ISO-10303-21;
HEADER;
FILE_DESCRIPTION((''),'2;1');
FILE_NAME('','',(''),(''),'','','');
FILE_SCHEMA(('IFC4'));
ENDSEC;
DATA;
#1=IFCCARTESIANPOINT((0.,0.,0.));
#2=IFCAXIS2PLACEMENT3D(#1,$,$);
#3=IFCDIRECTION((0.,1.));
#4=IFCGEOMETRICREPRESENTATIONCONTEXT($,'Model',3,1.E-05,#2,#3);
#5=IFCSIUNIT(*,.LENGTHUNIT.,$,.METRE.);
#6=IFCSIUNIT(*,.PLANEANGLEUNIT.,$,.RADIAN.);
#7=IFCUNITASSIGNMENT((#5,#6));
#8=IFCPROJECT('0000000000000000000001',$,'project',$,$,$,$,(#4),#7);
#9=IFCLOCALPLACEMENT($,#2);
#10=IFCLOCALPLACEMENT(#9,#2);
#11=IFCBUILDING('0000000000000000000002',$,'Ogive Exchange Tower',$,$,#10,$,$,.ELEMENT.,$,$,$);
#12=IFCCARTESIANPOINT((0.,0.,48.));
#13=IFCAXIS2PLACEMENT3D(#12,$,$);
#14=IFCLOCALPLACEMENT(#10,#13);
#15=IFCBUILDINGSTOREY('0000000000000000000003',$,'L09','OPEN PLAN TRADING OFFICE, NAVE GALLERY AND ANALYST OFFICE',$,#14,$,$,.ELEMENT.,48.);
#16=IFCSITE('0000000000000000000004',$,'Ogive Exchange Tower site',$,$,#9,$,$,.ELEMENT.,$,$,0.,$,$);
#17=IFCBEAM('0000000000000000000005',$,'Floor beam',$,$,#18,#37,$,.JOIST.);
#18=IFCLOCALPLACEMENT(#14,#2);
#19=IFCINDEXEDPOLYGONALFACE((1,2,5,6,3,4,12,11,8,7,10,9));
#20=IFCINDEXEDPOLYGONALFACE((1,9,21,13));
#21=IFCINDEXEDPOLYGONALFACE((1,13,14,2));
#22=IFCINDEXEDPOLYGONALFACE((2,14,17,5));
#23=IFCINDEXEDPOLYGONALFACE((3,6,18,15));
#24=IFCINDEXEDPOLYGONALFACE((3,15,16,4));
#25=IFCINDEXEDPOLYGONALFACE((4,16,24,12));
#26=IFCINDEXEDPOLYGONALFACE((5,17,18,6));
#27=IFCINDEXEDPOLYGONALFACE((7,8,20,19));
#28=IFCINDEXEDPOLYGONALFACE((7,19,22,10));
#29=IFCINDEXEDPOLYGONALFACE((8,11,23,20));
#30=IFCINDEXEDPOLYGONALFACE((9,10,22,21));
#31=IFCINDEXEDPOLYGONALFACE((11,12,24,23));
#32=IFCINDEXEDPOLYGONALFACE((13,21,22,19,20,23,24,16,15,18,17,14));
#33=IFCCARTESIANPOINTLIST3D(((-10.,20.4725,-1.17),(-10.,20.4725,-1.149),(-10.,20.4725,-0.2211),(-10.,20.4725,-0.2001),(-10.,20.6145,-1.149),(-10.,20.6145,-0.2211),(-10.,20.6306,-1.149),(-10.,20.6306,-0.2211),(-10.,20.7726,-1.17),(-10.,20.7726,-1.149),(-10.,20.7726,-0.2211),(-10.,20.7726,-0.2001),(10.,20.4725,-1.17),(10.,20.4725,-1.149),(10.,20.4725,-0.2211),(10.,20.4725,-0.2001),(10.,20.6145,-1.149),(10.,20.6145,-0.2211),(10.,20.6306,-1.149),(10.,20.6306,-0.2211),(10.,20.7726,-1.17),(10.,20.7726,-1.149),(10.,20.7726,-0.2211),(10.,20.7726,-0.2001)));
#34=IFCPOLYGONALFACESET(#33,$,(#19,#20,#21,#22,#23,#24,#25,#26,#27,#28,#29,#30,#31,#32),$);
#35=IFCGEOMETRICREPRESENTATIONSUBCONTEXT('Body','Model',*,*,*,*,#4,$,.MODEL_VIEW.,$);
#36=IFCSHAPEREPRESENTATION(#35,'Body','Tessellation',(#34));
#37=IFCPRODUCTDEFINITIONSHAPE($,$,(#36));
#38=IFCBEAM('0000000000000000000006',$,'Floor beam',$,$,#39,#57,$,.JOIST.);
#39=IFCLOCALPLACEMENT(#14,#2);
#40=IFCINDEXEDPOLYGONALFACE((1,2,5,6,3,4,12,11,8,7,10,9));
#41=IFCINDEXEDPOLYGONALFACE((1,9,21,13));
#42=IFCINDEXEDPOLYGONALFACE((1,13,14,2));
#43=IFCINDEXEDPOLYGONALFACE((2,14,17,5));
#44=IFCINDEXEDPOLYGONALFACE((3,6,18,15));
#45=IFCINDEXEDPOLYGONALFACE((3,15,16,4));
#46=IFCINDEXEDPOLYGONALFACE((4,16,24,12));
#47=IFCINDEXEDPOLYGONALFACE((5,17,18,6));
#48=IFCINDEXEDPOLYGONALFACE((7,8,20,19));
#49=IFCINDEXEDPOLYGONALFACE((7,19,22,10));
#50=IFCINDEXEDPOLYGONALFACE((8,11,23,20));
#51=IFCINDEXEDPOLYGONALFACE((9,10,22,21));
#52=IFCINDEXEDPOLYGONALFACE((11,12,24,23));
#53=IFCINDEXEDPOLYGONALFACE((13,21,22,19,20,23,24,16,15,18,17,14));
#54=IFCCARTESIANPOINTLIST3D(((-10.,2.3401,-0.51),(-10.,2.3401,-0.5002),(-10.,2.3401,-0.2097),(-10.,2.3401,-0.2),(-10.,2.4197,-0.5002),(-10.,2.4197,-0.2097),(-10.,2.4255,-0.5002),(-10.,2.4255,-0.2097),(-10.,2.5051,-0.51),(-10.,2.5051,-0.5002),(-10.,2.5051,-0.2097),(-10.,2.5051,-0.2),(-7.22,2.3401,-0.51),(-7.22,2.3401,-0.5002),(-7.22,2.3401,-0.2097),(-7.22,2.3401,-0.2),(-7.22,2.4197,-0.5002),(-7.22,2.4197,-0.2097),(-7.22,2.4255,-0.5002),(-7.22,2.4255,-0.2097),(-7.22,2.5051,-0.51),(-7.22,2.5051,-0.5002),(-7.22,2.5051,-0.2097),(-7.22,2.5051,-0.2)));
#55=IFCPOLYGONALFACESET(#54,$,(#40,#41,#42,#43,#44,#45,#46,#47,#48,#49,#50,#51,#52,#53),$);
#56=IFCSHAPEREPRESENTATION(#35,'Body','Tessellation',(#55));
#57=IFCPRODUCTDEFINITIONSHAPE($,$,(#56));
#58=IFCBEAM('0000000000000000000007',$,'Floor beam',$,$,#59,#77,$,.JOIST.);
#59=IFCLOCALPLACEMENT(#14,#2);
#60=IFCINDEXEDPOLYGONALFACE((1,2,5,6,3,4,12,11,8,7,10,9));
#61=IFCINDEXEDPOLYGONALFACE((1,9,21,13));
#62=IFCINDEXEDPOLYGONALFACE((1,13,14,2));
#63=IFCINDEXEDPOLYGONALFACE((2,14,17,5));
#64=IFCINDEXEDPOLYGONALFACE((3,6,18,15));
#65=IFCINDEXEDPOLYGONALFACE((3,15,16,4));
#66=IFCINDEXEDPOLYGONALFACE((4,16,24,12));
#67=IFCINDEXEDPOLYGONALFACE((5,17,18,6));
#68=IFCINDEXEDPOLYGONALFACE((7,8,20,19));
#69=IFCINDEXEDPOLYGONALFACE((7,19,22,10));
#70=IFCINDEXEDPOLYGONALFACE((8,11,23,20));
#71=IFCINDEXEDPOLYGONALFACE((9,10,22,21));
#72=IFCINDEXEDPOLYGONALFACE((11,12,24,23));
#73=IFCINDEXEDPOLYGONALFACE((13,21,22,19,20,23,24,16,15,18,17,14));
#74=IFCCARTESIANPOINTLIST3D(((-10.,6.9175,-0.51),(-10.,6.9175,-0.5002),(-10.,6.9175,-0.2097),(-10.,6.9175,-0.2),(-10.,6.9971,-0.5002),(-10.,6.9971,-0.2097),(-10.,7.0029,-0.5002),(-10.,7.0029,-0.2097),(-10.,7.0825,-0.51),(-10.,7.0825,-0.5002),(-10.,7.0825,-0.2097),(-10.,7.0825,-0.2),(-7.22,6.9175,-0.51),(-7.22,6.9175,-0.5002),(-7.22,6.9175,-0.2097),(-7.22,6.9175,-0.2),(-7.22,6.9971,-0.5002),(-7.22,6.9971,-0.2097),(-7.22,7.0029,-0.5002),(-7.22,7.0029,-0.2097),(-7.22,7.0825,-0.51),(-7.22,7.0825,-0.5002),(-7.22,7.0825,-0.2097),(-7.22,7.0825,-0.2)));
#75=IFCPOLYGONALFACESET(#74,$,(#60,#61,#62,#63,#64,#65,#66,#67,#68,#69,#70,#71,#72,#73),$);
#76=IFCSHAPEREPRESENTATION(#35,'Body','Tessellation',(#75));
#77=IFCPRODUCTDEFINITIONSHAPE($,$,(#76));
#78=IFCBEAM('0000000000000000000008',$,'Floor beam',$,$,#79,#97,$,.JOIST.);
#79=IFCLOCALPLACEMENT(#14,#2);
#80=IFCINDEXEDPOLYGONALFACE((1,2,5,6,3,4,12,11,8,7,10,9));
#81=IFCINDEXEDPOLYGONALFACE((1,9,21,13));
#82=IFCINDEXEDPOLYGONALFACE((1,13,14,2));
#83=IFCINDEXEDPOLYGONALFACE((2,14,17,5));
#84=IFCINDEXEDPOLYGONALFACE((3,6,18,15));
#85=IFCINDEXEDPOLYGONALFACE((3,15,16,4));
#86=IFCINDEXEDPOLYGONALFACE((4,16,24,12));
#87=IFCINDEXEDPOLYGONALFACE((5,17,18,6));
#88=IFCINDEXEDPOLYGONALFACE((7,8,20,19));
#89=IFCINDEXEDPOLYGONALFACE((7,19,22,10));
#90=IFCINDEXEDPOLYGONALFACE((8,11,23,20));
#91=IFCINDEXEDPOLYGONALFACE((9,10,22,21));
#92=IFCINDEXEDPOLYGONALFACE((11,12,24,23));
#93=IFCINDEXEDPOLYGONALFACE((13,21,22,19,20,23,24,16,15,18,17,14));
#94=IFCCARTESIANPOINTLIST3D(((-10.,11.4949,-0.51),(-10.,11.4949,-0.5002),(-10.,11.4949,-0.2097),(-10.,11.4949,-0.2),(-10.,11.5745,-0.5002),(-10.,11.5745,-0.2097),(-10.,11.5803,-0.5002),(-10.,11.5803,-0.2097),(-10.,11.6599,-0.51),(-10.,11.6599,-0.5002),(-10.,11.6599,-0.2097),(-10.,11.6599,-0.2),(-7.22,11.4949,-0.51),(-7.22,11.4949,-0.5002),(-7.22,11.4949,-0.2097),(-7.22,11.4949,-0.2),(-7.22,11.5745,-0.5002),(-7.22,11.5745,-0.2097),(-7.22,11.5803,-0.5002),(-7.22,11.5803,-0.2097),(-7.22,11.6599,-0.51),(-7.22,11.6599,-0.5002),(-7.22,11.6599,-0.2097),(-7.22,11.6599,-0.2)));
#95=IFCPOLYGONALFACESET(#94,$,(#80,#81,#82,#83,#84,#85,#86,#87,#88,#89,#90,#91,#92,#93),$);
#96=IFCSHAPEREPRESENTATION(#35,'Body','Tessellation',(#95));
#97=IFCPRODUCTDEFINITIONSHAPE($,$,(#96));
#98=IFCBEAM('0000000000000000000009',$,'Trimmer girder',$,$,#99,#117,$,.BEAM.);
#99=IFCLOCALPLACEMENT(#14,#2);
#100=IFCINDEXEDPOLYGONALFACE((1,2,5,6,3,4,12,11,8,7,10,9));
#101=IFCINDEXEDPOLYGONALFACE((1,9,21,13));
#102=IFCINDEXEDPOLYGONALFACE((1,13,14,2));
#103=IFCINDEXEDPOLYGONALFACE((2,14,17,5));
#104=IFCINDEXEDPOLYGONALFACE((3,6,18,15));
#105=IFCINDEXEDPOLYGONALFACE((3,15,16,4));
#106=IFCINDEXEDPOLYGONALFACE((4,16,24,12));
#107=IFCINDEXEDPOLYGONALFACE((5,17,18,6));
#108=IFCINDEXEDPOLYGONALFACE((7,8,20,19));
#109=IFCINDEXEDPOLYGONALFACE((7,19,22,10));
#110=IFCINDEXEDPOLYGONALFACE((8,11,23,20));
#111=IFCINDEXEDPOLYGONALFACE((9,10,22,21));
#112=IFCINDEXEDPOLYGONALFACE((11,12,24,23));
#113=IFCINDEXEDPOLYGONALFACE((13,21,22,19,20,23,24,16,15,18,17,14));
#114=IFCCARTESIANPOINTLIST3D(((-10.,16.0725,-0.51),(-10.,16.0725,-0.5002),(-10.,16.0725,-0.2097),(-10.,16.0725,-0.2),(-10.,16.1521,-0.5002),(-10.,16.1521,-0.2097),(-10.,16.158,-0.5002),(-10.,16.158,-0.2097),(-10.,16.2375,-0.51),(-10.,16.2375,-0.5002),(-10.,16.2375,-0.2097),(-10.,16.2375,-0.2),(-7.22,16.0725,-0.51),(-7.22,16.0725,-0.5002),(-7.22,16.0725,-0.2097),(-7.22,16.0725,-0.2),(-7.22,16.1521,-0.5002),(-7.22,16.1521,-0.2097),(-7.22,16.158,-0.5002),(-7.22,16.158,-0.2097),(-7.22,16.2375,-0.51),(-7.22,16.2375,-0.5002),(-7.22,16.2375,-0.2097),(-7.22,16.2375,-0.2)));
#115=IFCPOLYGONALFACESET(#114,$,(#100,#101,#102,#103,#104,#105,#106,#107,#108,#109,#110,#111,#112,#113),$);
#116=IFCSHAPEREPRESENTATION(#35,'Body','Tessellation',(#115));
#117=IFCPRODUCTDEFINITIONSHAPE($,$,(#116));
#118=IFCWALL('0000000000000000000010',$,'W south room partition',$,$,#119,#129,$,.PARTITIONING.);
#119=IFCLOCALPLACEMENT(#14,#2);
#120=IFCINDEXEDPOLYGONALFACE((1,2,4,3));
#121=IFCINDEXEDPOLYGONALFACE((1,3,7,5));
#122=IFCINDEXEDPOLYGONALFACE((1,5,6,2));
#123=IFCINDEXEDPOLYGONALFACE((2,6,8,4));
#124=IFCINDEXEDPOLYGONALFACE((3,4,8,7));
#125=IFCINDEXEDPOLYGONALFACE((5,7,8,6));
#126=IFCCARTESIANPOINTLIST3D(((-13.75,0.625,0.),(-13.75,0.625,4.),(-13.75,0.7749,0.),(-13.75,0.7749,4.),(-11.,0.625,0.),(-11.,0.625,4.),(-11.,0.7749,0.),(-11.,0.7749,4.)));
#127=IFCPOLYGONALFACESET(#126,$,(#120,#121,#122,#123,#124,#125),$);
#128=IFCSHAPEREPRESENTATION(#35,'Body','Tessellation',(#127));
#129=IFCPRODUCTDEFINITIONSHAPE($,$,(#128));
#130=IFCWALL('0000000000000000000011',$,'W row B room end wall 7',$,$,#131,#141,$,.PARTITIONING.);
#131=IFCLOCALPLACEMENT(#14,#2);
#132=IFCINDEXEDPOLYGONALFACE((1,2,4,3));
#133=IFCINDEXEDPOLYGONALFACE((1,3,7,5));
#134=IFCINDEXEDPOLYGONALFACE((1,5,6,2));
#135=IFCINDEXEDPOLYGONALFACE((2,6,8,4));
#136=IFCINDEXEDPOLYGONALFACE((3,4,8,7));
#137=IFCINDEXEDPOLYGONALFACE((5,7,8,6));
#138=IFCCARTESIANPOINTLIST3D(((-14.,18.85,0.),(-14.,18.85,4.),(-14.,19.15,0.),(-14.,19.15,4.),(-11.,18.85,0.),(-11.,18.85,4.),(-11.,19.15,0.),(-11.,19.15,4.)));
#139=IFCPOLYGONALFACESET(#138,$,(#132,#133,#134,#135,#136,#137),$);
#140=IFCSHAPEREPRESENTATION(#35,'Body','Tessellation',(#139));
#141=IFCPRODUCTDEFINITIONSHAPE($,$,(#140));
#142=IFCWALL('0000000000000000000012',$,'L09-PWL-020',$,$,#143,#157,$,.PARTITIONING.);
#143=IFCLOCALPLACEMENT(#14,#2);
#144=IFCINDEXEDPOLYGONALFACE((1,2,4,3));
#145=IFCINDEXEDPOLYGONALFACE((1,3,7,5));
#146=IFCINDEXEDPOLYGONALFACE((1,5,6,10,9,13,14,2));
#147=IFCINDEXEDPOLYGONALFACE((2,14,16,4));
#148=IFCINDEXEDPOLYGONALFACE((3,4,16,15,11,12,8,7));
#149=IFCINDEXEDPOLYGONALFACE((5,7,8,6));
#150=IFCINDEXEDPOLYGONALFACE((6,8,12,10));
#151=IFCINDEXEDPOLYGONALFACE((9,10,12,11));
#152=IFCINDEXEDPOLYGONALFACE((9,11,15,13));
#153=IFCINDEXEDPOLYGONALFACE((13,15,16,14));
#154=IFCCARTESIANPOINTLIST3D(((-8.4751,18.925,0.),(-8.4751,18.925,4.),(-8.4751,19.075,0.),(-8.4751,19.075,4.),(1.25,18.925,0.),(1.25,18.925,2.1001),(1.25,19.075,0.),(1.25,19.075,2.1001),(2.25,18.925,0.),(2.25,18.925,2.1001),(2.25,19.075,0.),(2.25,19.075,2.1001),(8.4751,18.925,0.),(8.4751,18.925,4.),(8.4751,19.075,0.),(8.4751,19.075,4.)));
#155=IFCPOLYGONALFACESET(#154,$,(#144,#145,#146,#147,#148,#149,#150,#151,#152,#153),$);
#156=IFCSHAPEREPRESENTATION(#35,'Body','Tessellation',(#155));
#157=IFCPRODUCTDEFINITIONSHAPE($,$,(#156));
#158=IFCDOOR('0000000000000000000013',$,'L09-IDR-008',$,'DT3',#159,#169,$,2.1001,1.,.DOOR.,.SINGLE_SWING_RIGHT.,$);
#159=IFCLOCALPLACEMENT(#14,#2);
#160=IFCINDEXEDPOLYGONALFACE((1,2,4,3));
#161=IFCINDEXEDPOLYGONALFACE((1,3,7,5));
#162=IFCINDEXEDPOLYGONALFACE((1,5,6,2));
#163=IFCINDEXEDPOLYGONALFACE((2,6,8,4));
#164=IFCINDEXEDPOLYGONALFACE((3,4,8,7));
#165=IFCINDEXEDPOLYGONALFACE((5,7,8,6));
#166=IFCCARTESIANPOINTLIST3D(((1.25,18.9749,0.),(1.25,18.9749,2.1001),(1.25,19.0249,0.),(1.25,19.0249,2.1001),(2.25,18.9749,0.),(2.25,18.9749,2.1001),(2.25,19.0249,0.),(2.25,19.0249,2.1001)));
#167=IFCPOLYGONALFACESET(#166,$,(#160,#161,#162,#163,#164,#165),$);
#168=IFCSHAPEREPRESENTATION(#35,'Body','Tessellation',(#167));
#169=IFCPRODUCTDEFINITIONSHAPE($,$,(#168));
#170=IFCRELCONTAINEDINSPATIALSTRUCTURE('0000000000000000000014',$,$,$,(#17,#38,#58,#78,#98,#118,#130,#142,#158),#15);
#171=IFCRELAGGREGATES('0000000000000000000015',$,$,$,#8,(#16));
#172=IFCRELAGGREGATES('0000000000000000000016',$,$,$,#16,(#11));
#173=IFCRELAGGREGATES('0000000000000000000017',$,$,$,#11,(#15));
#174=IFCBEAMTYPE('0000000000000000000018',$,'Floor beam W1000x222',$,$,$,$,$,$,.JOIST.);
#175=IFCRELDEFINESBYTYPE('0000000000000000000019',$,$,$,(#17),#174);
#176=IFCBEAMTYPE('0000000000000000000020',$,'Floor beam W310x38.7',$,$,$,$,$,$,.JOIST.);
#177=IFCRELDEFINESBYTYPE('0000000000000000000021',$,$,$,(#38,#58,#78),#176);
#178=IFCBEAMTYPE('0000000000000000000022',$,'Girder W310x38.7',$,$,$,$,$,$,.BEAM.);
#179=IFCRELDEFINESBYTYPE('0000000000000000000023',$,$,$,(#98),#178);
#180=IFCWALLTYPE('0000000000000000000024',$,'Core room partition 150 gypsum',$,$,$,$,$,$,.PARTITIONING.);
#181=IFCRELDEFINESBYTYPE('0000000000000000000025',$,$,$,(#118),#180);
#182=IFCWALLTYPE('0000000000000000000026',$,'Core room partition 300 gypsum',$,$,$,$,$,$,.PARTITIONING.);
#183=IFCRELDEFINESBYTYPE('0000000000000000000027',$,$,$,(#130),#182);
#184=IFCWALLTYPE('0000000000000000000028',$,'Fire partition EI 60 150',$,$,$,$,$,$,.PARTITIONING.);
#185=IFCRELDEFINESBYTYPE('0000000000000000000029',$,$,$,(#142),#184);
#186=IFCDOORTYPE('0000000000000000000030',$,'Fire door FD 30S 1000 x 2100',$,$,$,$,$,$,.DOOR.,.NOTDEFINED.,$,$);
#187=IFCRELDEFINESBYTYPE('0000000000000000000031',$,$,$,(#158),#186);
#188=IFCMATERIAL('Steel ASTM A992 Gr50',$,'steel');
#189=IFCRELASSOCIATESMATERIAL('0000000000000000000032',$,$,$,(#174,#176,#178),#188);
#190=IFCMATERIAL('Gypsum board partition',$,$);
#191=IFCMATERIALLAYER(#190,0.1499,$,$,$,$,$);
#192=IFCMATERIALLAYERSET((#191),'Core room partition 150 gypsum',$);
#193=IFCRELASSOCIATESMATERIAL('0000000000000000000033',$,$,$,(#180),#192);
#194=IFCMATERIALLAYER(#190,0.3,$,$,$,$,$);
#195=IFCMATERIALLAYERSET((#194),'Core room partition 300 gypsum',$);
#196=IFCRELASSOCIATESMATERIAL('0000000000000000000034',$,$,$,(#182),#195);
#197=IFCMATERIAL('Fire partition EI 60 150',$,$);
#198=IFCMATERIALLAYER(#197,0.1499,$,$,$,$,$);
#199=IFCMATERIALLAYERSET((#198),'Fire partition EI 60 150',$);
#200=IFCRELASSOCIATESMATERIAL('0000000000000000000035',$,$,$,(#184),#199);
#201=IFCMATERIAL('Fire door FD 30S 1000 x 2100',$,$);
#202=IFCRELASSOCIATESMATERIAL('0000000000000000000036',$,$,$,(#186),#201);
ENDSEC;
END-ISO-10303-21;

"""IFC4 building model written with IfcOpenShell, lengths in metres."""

from ifc_helpers import new_model, si_unit, direction, frame, frame_2d, origin, origin_2d, place, context, subcontext, project, spatial, rectangle, i_section, extrude, material, layer, layer_set, material_profile, profile_set, type_object, element, fill, save


model = new_model("IFC4")

# Units and contexts
model_context = context("Model", 3, precision=1e-05, world=origin(), true_north=direction((0.0, 1.0)))
body_context = subcontext(model_context, "Body", "Model", "MODEL_VIEW")
ifc_project = project(units=[si_unit("LENGTHUNIT", "METRE"), si_unit("PLANEANGLEUNIT", "RADIAN")], contexts=[model_context])

# Site, building, storey
site_placement = place(None, origin())
site = spatial("IfcSite", under=ifc_project, at=site_placement, Name="Ogive Exchange Tower site", CompositionType="ELEMENT", RefElevation=0.0)
building_placement = place(site_placement, origin())
building = spatial("IfcBuilding", under=site, at=building_placement, Name="Ogive Exchange Tower", CompositionType="ELEMENT")
storey_placement = place(building_placement, frame((0.0, 0.0, 48.0)))
storey = spatial("IfcBuildingStorey", under=building, at=storey_placement, Name="L09", Description="OPEN PLAN TRADING OFFICE, NAVE GALLERY AND ANALYST OFFICE", CompositionType="ELEMENT", Elevation=48.0)

# Beams
ifc_material_1 = material(Name="Steel ASTM A992 Gr50", Category="steel")
ifc_material_profile_1 = material_profile(ifc_material_1, i_section(OverallWidth=0.3, OverallDepth=0.97, WebThickness=0.0161, FlangeThickness=0.021, at=origin_2d()), Name="W1000x222")
ifc_profile_set_1 = profile_set([ifc_material_profile_1], Name="Steel ASTM A992 Gr50")
beam_type_1 = type_object("IfcBeamType", Name="Floor beam W1000x222", PredefinedType="JOIST", material=ifc_profile_set_1)
beam_1_placement = place(storey_placement, frame((-10.0, 20.6226, -0.6851), z_axis=(1.0, 0.0, 0.0), x_axis=(0.0, 1.0, 0.0)))
element("IfcBeam", 1, at=beam_1_placement, inside=storey, type_object=beam_type_1, Name="Floor beam", PredefinedType="JOIST", context=body_context, shape_type="SweptSolid", body=[
    extrude(i_section(OverallWidth=0.3, OverallDepth=0.97, WebThickness=0.0161, FlangeThickness=0.021, at=origin_2d()), origin(), (0.0, 0.0, 1.0), 20.0),
])
ifc_material_profile_2 = material_profile(ifc_material_1, i_section(OverallWidth=0.165, OverallDepth=0.3101, WebThickness=0.0059, FlangeThickness=0.0098, at=origin_2d()), Name="W310x38.7")
ifc_profile_set_2 = profile_set([ifc_material_profile_2], Name="Steel ASTM A992 Gr50")
beam_type_2 = type_object("IfcBeamType", Name="Floor beam W310x38.7", PredefinedType="JOIST", material=ifc_profile_set_2)
for number, where, z_axis, x_axis, name in (
    (2, (-10.0, 2.4226, -0.355), (1.0, 0.0, 0.0), (0.0, 1.0, 0.0), "Floor beam"),
    (3, (-10.0, 7.0, -0.355), (1.0, 0.0, 0.0), (0.0, 1.0, 0.0), "Floor beam"),
    (4, (-10.0, 11.5774, -0.355), (1.0, 0.0, 0.0), (0.0, 1.0, 0.0), "Floor beam"),
):
    element("IfcBeam", number, at=place(storey_placement, frame(where, z_axis=z_axis, x_axis=x_axis)), inside=storey, type_object=beam_type_2, Name=name, PredefinedType="JOIST", context=body_context, shape_type="SweptSolid", body=[
        extrude(i_section(OverallWidth=0.165, OverallDepth=0.3101, WebThickness=0.0059, FlangeThickness=0.0098, at=origin_2d()), origin(), (0.0, 0.0, 1.0), 2.78),
    ])
ifc_material_profile_3 = material_profile(ifc_material_1, i_section(OverallWidth=0.165, OverallDepth=0.3101, WebThickness=0.0059, FlangeThickness=0.0098, at=origin_2d()), Name="W310x38.7")
ifc_profile_set_3 = profile_set([ifc_material_profile_3], Name="Steel ASTM A992 Gr50")
beam_type_3 = type_object("IfcBeamType", Name="Girder W310x38.7", PredefinedType="BEAM", material=ifc_profile_set_3)
beam_2_placement = place(storey_placement, frame((-10.0, 16.155, -0.355), z_axis=(1.0, 0.0, 0.0), x_axis=(0.0, 1.0, 0.0)))
element("IfcBeam", 5, at=beam_2_placement, inside=storey, type_object=beam_type_3, Name="Trimmer girder", PredefinedType="BEAM", context=body_context, shape_type="SweptSolid", body=[
    extrude(i_section(OverallWidth=0.165, OverallDepth=0.3101, WebThickness=0.0059, FlangeThickness=0.0098, at=origin_2d()), origin(), (0.0, 0.0, 1.0), 2.78),
])

# Walls
ifc_material_2 = material(Name="Gypsum board partition")
ifc_layer_1 = layer(ifc_material_2, 0.1499)
ifc_layer_set_1 = layer_set([ifc_layer_1], Name="Core room partition 150 gypsum")
wall_type_1 = type_object("IfcWallType", Name="Core room partition 150 gypsum", PredefinedType="PARTITIONING", material=ifc_layer_set_1)
wall_1_placement = place(storey_placement, frame((-13.75, 0.7, 0.0), z_axis=(0.0, 0.0, 1.0), x_axis=(1.0, 0.0, 0.0)))
element("IfcWall", 6, at=wall_1_placement, inside=storey, type_object=wall_type_1, Name="W south room partition", PredefinedType="PARTITIONING", context=body_context, shape_type="SweptSolid", body=[
    extrude(rectangle(XDim=2.75, YDim=0.1499, at=frame_2d((1.375, 0.0))), origin(), (0.0, 0.0, 1.0), 4.0),
])
ifc_layer_2 = layer(ifc_material_2, 0.3)
ifc_layer_set_2 = layer_set([ifc_layer_2], Name="Core room partition 300 gypsum")
wall_type_2 = type_object("IfcWallType", Name="Core room partition 300 gypsum", PredefinedType="PARTITIONING", material=ifc_layer_set_2)
wall_2_placement = place(storey_placement, frame((-14.0, 19.0, 0.0), z_axis=(0.0, 0.0, 1.0), x_axis=(1.0, 0.0, 0.0)))
element("IfcWall", 7, at=wall_2_placement, inside=storey, type_object=wall_type_2, Name="W row B room end wall 7", PredefinedType="PARTITIONING", context=body_context, shape_type="SweptSolid", body=[
    extrude(rectangle(XDim=3.0, YDim=0.3, at=frame_2d((1.5, 0.0))), origin(), (0.0, 0.0, 1.0), 4.0),
])

# Wall, opening, door
ifc_material_3 = material(Name="Fire partition EI 60 150")
ifc_layer_3 = layer(ifc_material_3, 0.1499)
ifc_layer_set_3 = layer_set([ifc_layer_3], Name="Fire partition EI 60 150")
wall_type_3 = type_object("IfcWallType", Name="Fire partition EI 60 150", PredefinedType="PARTITIONING", material=ifc_layer_set_3)
wall_3_placement = place(storey_placement, frame((-8.4751, 19.0, 0.0), z_axis=(0.0, 0.0, 1.0), x_axis=(1.0, 0.0, 0.0)))
wall_3 = element("IfcWall", 8, at=wall_3_placement, inside=storey, type_object=wall_type_3, Name="L09-PWL-020", PredefinedType="PARTITIONING", context=body_context, shape_type="SweptSolid", body=[
    extrude(rectangle(XDim=16.9502, YDim=0.1499, at=frame_2d((8.4751, 0.0))), origin(), (0.0, 0.0, 1.0), 4.0),
])
opening_1_placement = place(wall_3_placement, frame((9.7251, 0.0, 0.0)))
opening_1 = element("IfcOpeningElement", 9, at=opening_1_placement, cuts=wall_3, PredefinedType="OPENING", context=body_context, shape_type="SweptSolid", body=[
    extrude(rectangle(XDim=1.0, YDim=2.1001, at=frame_2d((0.5, 1.05))), frame((0.0, 0.085, 0.0), z_axis=(0.0, -1.0, 0.0), x_axis=(1.0, 0.0, 0.0)), (0.0, 0.0, 1.0), 0.1699),
])
ifc_material_4 = material(Name="Fire door FD 30S 1000 x 2100")
door_type_1 = type_object("IfcDoorType", Name="Fire door FD 30S 1000 x 2100", OperationType="NOTDEFINED", PredefinedType="DOOR", material=ifc_material_4)
door_1_placement = place(opening_1_placement, origin())
door_1 = element("IfcDoor", 10, at=door_1_placement, inside=storey, type_object=door_type_1, Name="L09-IDR-008", ObjectType="DT3", OperationType="SINGLE_SWING_RIGHT", OverallHeight=2.1001, OverallWidth=1.0, PredefinedType="DOOR", context=body_context, shape_type="SweptSolid", body=[
    extrude(rectangle(XDim=1.0, YDim=2.1001, at=frame_2d((0.5, 1.05))), frame((0.0, 0.0249, 0.0), z_axis=(0.0, -1.0, 0.0), x_axis=(1.0, 0.0, 0.0)), (0.0, 0.0, 1.0), 0.05),
])
fill(opening_1, door_1)

save(model, "model.ifc")
